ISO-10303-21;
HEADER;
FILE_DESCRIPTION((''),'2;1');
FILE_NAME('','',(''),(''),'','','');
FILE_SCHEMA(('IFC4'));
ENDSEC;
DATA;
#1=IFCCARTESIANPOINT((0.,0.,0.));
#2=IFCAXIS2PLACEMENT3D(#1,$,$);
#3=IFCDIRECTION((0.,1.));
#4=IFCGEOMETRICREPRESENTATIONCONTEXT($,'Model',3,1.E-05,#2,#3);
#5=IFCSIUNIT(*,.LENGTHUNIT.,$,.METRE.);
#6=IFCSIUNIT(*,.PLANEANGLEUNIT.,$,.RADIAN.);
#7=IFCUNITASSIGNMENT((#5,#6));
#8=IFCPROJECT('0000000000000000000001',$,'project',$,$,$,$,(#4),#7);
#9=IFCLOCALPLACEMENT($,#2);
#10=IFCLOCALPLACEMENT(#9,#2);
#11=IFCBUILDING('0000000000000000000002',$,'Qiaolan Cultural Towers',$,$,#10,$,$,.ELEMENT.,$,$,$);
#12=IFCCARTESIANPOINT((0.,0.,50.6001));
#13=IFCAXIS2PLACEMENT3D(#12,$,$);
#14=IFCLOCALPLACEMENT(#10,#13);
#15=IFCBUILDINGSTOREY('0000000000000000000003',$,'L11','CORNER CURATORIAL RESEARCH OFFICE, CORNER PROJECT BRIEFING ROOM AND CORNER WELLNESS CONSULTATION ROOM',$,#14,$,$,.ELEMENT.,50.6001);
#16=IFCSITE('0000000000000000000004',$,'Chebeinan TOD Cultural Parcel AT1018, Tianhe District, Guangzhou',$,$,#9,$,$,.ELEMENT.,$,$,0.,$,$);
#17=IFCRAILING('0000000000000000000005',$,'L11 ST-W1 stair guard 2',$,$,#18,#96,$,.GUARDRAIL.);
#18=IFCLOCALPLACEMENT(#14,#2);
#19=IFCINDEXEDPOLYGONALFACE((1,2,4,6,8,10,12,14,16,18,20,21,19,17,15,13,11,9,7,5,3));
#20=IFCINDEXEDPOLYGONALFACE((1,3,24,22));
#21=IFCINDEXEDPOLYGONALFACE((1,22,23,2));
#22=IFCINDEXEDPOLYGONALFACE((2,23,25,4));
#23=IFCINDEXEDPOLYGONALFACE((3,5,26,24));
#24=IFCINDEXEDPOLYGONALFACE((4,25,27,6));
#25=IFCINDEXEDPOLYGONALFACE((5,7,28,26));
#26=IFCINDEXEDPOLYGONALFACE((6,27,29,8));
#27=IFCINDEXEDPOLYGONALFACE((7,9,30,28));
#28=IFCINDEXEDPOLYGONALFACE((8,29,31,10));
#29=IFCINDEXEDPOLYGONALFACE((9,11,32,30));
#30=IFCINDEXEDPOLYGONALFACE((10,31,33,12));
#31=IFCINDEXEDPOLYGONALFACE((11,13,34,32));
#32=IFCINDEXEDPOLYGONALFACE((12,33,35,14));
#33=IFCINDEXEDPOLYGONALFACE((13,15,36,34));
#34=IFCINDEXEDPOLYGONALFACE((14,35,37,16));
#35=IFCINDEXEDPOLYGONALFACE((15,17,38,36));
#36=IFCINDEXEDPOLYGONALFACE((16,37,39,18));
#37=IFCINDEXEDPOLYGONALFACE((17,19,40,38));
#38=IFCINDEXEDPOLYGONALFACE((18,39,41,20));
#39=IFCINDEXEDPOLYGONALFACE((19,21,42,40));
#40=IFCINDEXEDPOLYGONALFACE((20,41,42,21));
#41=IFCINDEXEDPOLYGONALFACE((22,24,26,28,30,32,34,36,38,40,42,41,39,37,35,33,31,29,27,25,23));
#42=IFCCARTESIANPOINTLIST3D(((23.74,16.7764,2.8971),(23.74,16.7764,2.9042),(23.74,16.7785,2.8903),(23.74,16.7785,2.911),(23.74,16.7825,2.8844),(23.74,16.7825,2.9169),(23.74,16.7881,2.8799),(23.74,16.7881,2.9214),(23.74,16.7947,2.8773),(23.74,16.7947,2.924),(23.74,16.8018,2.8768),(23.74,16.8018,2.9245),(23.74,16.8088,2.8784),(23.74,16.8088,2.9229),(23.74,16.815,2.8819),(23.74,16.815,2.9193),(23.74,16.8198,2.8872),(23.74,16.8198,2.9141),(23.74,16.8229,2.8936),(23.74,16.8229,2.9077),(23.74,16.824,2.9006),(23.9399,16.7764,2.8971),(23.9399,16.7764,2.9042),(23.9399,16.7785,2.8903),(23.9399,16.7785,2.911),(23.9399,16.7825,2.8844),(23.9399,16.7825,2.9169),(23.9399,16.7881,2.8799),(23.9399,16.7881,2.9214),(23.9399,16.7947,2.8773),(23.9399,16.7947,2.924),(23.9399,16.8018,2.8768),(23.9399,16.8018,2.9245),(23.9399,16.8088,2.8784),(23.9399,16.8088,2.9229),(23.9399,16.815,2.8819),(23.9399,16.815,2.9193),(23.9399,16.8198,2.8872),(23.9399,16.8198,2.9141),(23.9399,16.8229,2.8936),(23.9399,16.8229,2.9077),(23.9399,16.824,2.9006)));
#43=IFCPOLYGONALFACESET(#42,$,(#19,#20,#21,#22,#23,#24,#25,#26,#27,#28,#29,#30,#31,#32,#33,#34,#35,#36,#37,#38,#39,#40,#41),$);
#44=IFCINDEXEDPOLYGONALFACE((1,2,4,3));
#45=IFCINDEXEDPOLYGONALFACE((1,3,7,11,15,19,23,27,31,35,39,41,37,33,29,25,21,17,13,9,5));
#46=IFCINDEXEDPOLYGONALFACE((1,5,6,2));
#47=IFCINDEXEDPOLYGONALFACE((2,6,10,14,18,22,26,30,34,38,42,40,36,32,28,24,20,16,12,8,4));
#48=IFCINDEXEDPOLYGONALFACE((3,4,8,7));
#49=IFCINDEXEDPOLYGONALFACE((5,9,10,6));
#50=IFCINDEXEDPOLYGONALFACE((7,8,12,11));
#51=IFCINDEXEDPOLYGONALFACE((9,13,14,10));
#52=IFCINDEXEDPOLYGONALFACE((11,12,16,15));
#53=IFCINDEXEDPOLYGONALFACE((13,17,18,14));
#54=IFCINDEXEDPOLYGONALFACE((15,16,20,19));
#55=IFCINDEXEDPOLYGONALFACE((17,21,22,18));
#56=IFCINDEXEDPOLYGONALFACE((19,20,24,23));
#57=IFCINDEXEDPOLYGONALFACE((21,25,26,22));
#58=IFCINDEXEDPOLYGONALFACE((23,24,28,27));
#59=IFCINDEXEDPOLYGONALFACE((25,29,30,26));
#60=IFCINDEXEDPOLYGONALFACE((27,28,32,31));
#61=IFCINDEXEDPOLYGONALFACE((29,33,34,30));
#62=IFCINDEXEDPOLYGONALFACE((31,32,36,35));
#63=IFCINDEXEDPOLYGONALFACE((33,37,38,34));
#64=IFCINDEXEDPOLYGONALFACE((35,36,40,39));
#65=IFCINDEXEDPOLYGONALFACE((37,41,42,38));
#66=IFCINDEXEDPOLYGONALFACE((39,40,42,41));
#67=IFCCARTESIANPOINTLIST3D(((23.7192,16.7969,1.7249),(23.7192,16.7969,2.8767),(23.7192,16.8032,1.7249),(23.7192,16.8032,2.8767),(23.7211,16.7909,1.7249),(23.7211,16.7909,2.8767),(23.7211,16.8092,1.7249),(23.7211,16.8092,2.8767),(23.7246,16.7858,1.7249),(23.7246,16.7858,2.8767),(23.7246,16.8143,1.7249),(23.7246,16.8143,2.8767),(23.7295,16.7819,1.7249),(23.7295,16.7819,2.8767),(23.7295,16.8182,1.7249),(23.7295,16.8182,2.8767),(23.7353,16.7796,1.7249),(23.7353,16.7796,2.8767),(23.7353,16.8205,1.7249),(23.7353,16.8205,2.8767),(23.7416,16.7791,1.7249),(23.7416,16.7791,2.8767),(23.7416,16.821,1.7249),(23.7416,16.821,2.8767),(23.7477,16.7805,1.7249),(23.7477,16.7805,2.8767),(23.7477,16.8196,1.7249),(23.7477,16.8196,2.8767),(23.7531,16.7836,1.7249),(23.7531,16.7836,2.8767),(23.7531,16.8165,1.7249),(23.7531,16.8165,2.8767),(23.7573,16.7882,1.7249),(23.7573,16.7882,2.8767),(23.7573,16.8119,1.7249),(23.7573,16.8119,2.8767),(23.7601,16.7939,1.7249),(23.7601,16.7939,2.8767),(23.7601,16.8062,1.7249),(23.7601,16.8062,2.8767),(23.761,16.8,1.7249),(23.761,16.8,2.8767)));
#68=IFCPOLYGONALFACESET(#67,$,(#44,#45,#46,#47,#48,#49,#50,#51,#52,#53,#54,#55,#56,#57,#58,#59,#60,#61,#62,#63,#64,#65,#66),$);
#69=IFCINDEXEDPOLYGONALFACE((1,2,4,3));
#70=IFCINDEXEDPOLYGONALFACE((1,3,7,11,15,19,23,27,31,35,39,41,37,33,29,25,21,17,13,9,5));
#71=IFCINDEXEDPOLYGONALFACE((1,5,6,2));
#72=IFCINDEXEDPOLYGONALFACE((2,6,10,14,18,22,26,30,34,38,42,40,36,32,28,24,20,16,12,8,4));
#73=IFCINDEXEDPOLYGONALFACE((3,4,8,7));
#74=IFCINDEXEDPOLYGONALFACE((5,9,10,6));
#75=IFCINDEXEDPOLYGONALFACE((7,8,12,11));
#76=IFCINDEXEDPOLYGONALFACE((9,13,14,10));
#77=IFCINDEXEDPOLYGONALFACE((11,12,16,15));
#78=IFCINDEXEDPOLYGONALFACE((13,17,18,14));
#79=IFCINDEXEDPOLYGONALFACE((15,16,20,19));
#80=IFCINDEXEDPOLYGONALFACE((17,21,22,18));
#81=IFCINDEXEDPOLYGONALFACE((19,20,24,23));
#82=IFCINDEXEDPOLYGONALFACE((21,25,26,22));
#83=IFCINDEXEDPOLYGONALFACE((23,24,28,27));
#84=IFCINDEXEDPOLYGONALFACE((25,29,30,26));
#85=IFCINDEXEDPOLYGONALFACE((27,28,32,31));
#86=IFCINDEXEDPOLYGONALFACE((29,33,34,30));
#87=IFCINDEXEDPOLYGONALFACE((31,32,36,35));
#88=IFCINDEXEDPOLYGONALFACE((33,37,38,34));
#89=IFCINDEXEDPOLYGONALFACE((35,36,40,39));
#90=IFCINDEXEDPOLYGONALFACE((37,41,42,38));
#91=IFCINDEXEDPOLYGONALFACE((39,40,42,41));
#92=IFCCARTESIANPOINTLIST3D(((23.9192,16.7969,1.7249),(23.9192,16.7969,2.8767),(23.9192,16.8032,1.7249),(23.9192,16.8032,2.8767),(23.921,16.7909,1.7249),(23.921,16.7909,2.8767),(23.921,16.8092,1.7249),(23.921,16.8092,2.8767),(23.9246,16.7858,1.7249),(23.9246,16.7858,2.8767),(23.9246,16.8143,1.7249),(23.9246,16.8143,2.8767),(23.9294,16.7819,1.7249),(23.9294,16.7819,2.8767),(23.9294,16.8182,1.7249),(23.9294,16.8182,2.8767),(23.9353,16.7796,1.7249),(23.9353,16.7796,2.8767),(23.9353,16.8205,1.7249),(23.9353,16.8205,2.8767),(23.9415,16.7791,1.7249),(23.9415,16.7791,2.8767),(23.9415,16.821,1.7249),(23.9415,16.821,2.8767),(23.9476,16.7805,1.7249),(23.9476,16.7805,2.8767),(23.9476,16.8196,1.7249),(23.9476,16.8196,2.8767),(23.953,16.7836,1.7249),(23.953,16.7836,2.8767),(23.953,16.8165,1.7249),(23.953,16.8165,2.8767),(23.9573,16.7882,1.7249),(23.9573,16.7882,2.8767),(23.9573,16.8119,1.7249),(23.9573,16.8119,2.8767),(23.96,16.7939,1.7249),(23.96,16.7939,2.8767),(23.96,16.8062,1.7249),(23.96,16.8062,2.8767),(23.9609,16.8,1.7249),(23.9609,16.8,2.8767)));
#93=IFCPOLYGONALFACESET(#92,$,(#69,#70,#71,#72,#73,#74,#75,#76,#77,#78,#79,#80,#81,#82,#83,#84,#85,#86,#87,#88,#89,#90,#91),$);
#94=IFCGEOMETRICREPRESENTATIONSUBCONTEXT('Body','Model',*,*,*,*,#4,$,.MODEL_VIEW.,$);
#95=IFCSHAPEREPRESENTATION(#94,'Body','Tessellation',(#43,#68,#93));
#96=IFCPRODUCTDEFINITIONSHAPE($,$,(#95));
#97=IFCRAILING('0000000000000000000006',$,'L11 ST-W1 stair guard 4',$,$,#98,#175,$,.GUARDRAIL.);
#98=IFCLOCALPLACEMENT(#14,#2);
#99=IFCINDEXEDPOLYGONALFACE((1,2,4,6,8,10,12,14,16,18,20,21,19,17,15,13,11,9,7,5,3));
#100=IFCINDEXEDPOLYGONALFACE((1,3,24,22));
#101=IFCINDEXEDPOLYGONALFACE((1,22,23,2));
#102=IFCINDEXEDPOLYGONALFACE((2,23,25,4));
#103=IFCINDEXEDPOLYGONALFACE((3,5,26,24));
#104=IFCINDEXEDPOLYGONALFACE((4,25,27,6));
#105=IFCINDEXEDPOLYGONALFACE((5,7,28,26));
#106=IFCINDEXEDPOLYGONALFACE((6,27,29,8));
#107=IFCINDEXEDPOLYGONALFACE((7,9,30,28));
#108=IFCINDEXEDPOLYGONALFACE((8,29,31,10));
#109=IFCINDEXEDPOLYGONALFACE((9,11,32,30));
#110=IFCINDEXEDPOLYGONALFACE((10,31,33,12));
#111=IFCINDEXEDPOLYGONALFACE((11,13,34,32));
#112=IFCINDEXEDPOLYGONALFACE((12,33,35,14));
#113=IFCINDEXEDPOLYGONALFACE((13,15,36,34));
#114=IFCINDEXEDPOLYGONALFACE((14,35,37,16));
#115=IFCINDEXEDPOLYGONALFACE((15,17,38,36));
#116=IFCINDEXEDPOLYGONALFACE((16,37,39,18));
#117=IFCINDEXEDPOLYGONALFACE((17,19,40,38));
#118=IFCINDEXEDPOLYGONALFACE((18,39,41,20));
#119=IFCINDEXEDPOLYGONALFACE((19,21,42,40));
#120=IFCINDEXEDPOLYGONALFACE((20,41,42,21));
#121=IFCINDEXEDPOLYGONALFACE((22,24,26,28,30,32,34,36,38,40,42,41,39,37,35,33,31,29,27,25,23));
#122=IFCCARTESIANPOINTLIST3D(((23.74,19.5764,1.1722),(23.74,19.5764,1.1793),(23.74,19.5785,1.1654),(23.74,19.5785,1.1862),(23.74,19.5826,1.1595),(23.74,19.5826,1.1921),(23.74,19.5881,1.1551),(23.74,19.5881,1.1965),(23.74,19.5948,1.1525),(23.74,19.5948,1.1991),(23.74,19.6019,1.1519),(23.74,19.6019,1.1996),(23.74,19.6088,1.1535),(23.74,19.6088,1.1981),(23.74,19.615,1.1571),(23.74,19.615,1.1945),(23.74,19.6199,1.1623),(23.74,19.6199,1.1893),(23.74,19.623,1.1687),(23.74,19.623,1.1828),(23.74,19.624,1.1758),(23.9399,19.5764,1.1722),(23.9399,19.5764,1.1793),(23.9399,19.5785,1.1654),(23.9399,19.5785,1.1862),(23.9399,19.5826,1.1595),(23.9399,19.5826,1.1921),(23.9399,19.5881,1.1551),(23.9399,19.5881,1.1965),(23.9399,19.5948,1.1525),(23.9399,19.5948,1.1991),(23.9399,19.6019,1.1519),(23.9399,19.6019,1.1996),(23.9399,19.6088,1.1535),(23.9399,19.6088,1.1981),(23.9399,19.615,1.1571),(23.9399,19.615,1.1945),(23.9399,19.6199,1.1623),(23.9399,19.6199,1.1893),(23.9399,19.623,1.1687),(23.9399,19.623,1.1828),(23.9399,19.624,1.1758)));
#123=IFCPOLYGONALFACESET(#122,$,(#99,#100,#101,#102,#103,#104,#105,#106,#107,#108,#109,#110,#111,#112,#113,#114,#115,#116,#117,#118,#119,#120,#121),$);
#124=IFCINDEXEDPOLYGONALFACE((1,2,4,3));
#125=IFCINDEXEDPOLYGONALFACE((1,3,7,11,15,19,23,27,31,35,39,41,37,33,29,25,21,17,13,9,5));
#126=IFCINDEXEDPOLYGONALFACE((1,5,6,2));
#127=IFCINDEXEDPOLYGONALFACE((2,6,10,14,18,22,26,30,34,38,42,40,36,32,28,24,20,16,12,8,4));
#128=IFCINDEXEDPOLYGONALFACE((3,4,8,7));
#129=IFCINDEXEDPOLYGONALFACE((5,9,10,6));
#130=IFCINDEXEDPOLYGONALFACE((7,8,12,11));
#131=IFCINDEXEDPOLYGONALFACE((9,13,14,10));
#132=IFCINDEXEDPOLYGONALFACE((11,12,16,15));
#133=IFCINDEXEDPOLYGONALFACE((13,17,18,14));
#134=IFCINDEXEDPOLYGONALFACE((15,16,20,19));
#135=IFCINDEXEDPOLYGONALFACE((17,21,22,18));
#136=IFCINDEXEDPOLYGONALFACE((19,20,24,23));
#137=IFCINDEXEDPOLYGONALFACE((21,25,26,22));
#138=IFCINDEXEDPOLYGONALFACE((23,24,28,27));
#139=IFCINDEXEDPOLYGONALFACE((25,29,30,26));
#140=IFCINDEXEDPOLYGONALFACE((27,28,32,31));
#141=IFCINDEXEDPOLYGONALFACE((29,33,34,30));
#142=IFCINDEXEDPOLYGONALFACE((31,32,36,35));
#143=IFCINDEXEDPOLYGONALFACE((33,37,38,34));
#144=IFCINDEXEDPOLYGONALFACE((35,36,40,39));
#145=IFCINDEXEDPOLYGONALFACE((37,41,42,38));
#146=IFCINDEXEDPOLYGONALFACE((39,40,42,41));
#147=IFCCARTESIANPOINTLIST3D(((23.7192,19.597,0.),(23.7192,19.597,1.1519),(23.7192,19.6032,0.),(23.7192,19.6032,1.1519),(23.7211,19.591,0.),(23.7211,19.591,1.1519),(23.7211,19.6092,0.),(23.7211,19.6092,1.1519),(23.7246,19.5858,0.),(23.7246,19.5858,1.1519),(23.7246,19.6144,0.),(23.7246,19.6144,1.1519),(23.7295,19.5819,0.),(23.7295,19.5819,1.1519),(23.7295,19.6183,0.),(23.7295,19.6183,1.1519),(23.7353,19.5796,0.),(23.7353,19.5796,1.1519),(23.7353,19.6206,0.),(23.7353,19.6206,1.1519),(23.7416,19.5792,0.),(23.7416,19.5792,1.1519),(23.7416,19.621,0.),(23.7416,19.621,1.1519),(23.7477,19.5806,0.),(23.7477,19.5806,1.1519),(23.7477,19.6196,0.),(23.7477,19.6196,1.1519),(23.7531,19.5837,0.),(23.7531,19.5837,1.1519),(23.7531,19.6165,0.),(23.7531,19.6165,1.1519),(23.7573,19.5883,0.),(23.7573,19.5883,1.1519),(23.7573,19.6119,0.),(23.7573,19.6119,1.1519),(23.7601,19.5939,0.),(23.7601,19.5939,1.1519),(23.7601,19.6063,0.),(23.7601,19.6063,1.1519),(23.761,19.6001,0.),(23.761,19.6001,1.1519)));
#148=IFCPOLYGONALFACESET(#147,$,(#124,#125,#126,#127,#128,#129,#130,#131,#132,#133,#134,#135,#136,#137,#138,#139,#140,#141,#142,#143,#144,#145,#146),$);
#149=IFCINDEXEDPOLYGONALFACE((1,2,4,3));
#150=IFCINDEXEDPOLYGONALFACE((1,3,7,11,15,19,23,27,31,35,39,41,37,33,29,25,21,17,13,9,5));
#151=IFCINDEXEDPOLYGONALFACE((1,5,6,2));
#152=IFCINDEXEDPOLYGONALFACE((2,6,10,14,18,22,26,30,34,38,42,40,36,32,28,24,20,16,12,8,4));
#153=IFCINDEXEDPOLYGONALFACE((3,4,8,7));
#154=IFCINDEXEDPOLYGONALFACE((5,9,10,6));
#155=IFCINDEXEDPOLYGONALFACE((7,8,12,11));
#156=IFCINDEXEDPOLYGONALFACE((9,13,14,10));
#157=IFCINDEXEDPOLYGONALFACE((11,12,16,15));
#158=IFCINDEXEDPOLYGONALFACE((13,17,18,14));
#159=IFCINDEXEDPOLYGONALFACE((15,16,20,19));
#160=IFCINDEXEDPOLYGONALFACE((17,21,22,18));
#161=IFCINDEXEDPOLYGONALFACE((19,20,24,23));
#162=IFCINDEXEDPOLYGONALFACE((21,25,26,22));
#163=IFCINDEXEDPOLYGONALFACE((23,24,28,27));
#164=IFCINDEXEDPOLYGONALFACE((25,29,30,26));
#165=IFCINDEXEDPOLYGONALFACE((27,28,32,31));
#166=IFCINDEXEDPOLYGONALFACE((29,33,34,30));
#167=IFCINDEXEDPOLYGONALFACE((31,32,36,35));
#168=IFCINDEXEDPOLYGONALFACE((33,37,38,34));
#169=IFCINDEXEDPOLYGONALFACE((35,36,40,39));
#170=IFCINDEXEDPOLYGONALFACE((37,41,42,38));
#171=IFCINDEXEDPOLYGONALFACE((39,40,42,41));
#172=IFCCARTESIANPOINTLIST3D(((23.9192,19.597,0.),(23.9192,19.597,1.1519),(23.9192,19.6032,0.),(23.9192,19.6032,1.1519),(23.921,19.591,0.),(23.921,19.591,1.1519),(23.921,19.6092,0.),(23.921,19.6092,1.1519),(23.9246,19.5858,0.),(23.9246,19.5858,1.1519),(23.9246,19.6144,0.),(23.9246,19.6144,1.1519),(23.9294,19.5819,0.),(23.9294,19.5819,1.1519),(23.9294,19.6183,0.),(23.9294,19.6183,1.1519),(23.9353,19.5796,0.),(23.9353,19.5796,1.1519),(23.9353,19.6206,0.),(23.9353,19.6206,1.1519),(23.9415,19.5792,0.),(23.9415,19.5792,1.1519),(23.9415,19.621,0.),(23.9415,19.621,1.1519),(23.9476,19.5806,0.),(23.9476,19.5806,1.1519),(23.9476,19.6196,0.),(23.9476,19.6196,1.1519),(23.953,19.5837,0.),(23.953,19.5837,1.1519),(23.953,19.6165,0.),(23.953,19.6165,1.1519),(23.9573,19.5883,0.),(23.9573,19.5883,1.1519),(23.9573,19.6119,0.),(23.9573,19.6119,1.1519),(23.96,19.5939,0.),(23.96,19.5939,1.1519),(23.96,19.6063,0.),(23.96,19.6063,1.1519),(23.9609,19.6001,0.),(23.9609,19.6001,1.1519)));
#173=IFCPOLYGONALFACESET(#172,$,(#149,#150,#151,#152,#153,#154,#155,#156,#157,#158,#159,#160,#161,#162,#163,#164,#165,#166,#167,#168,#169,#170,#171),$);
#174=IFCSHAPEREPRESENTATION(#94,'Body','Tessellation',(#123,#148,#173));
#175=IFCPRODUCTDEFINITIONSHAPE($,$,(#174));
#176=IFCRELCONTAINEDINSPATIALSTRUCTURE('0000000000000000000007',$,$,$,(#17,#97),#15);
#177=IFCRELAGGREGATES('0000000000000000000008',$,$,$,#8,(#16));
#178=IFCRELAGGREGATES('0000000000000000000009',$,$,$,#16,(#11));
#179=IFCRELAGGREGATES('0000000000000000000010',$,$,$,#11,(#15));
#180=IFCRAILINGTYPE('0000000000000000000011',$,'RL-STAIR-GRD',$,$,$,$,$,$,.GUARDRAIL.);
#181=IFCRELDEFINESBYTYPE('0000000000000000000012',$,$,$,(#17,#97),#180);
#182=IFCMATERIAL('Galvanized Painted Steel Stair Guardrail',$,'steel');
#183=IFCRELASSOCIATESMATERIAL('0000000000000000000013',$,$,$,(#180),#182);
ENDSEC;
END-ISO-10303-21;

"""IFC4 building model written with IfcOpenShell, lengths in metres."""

from ifc_helpers import new_model, si_unit, direction, frame, origin, origin_2d, place, context, subcontext, project, spatial, circle, extrude, material, type_object, element, save


model = new_model("IFC4")

# Units and contexts
model_context = context("Model", 3, precision=1e-05, world=origin(), true_north=direction((0.0, 1.0)))
body_context = subcontext(model_context, "Body", "Model", "MODEL_VIEW")
ifc_project = project(units=[si_unit("LENGTHUNIT", "METRE"), si_unit("PLANEANGLEUNIT", "RADIAN")], contexts=[model_context])

# Site, building, storey
site_placement = place(None, origin())
site = spatial("IfcSite", under=ifc_project, at=site_placement, Name="Chebeinan TOD Cultural Parcel AT1018, Tianhe District, Guangzhou", CompositionType="ELEMENT", RefElevation=0.0)
building_placement = place(site_placement, origin())
building = spatial("IfcBuilding", under=site, at=building_placement, Name="Qiaolan Cultural Towers", CompositionType="ELEMENT")
storey_placement = place(building_placement, frame((0.0, 0.0, 50.6001)))
storey = spatial("IfcBuildingStorey", under=building, at=storey_placement, Name="L11", Description="CORNER CURATORIAL RESEARCH OFFICE, CORNER PROJECT BRIEFING ROOM AND CORNER WELLNESS CONSULTATION ROOM", CompositionType="ELEMENT", Elevation=50.6001)

# Railings
ifc_material_1 = material(Name="Galvanized Painted Steel Stair Guardrail", Category="steel")
railing_type_1 = type_object("IfcRailingType", Name="RL-STAIR-GRD", PredefinedType="GUARDRAIL", material=ifc_material_1)
for number, where, name in (
    (1, (23.74, 16.8, 1.7249), "L11 ST-W1 stair guard 2"),
    (2, (23.74, 19.6001, 0.0), "L11 ST-W1 stair guard 4"),
):
    element("IfcRailing", number, at=place(storey_placement, frame(where)), inside=storey, type_object=railing_type_1, Name=name, PredefinedType="GUARDRAIL", context=body_context, shape_type="SweptSolid", body=[
        extrude(circle(Radius=0.0239, at=origin_2d()), frame((0.0, 0.0, 1.1758), z_axis=(1.0, 0.0, 0.0), x_axis=(0.0, 1.0, 0.0)), (0.0, 0.0, 1.0), 0.2),
        extrude(circle(Radius=0.021, at=origin_2d()), origin(), (0.0, 0.0, 1.0), 1.1519),
        extrude(circle(Radius=0.021, at=origin_2d()), frame((0.2, 0.0, 0.0)), (0.0, 0.0, 1.0), 1.1519),
    ])

save(model, "model.ifc")
